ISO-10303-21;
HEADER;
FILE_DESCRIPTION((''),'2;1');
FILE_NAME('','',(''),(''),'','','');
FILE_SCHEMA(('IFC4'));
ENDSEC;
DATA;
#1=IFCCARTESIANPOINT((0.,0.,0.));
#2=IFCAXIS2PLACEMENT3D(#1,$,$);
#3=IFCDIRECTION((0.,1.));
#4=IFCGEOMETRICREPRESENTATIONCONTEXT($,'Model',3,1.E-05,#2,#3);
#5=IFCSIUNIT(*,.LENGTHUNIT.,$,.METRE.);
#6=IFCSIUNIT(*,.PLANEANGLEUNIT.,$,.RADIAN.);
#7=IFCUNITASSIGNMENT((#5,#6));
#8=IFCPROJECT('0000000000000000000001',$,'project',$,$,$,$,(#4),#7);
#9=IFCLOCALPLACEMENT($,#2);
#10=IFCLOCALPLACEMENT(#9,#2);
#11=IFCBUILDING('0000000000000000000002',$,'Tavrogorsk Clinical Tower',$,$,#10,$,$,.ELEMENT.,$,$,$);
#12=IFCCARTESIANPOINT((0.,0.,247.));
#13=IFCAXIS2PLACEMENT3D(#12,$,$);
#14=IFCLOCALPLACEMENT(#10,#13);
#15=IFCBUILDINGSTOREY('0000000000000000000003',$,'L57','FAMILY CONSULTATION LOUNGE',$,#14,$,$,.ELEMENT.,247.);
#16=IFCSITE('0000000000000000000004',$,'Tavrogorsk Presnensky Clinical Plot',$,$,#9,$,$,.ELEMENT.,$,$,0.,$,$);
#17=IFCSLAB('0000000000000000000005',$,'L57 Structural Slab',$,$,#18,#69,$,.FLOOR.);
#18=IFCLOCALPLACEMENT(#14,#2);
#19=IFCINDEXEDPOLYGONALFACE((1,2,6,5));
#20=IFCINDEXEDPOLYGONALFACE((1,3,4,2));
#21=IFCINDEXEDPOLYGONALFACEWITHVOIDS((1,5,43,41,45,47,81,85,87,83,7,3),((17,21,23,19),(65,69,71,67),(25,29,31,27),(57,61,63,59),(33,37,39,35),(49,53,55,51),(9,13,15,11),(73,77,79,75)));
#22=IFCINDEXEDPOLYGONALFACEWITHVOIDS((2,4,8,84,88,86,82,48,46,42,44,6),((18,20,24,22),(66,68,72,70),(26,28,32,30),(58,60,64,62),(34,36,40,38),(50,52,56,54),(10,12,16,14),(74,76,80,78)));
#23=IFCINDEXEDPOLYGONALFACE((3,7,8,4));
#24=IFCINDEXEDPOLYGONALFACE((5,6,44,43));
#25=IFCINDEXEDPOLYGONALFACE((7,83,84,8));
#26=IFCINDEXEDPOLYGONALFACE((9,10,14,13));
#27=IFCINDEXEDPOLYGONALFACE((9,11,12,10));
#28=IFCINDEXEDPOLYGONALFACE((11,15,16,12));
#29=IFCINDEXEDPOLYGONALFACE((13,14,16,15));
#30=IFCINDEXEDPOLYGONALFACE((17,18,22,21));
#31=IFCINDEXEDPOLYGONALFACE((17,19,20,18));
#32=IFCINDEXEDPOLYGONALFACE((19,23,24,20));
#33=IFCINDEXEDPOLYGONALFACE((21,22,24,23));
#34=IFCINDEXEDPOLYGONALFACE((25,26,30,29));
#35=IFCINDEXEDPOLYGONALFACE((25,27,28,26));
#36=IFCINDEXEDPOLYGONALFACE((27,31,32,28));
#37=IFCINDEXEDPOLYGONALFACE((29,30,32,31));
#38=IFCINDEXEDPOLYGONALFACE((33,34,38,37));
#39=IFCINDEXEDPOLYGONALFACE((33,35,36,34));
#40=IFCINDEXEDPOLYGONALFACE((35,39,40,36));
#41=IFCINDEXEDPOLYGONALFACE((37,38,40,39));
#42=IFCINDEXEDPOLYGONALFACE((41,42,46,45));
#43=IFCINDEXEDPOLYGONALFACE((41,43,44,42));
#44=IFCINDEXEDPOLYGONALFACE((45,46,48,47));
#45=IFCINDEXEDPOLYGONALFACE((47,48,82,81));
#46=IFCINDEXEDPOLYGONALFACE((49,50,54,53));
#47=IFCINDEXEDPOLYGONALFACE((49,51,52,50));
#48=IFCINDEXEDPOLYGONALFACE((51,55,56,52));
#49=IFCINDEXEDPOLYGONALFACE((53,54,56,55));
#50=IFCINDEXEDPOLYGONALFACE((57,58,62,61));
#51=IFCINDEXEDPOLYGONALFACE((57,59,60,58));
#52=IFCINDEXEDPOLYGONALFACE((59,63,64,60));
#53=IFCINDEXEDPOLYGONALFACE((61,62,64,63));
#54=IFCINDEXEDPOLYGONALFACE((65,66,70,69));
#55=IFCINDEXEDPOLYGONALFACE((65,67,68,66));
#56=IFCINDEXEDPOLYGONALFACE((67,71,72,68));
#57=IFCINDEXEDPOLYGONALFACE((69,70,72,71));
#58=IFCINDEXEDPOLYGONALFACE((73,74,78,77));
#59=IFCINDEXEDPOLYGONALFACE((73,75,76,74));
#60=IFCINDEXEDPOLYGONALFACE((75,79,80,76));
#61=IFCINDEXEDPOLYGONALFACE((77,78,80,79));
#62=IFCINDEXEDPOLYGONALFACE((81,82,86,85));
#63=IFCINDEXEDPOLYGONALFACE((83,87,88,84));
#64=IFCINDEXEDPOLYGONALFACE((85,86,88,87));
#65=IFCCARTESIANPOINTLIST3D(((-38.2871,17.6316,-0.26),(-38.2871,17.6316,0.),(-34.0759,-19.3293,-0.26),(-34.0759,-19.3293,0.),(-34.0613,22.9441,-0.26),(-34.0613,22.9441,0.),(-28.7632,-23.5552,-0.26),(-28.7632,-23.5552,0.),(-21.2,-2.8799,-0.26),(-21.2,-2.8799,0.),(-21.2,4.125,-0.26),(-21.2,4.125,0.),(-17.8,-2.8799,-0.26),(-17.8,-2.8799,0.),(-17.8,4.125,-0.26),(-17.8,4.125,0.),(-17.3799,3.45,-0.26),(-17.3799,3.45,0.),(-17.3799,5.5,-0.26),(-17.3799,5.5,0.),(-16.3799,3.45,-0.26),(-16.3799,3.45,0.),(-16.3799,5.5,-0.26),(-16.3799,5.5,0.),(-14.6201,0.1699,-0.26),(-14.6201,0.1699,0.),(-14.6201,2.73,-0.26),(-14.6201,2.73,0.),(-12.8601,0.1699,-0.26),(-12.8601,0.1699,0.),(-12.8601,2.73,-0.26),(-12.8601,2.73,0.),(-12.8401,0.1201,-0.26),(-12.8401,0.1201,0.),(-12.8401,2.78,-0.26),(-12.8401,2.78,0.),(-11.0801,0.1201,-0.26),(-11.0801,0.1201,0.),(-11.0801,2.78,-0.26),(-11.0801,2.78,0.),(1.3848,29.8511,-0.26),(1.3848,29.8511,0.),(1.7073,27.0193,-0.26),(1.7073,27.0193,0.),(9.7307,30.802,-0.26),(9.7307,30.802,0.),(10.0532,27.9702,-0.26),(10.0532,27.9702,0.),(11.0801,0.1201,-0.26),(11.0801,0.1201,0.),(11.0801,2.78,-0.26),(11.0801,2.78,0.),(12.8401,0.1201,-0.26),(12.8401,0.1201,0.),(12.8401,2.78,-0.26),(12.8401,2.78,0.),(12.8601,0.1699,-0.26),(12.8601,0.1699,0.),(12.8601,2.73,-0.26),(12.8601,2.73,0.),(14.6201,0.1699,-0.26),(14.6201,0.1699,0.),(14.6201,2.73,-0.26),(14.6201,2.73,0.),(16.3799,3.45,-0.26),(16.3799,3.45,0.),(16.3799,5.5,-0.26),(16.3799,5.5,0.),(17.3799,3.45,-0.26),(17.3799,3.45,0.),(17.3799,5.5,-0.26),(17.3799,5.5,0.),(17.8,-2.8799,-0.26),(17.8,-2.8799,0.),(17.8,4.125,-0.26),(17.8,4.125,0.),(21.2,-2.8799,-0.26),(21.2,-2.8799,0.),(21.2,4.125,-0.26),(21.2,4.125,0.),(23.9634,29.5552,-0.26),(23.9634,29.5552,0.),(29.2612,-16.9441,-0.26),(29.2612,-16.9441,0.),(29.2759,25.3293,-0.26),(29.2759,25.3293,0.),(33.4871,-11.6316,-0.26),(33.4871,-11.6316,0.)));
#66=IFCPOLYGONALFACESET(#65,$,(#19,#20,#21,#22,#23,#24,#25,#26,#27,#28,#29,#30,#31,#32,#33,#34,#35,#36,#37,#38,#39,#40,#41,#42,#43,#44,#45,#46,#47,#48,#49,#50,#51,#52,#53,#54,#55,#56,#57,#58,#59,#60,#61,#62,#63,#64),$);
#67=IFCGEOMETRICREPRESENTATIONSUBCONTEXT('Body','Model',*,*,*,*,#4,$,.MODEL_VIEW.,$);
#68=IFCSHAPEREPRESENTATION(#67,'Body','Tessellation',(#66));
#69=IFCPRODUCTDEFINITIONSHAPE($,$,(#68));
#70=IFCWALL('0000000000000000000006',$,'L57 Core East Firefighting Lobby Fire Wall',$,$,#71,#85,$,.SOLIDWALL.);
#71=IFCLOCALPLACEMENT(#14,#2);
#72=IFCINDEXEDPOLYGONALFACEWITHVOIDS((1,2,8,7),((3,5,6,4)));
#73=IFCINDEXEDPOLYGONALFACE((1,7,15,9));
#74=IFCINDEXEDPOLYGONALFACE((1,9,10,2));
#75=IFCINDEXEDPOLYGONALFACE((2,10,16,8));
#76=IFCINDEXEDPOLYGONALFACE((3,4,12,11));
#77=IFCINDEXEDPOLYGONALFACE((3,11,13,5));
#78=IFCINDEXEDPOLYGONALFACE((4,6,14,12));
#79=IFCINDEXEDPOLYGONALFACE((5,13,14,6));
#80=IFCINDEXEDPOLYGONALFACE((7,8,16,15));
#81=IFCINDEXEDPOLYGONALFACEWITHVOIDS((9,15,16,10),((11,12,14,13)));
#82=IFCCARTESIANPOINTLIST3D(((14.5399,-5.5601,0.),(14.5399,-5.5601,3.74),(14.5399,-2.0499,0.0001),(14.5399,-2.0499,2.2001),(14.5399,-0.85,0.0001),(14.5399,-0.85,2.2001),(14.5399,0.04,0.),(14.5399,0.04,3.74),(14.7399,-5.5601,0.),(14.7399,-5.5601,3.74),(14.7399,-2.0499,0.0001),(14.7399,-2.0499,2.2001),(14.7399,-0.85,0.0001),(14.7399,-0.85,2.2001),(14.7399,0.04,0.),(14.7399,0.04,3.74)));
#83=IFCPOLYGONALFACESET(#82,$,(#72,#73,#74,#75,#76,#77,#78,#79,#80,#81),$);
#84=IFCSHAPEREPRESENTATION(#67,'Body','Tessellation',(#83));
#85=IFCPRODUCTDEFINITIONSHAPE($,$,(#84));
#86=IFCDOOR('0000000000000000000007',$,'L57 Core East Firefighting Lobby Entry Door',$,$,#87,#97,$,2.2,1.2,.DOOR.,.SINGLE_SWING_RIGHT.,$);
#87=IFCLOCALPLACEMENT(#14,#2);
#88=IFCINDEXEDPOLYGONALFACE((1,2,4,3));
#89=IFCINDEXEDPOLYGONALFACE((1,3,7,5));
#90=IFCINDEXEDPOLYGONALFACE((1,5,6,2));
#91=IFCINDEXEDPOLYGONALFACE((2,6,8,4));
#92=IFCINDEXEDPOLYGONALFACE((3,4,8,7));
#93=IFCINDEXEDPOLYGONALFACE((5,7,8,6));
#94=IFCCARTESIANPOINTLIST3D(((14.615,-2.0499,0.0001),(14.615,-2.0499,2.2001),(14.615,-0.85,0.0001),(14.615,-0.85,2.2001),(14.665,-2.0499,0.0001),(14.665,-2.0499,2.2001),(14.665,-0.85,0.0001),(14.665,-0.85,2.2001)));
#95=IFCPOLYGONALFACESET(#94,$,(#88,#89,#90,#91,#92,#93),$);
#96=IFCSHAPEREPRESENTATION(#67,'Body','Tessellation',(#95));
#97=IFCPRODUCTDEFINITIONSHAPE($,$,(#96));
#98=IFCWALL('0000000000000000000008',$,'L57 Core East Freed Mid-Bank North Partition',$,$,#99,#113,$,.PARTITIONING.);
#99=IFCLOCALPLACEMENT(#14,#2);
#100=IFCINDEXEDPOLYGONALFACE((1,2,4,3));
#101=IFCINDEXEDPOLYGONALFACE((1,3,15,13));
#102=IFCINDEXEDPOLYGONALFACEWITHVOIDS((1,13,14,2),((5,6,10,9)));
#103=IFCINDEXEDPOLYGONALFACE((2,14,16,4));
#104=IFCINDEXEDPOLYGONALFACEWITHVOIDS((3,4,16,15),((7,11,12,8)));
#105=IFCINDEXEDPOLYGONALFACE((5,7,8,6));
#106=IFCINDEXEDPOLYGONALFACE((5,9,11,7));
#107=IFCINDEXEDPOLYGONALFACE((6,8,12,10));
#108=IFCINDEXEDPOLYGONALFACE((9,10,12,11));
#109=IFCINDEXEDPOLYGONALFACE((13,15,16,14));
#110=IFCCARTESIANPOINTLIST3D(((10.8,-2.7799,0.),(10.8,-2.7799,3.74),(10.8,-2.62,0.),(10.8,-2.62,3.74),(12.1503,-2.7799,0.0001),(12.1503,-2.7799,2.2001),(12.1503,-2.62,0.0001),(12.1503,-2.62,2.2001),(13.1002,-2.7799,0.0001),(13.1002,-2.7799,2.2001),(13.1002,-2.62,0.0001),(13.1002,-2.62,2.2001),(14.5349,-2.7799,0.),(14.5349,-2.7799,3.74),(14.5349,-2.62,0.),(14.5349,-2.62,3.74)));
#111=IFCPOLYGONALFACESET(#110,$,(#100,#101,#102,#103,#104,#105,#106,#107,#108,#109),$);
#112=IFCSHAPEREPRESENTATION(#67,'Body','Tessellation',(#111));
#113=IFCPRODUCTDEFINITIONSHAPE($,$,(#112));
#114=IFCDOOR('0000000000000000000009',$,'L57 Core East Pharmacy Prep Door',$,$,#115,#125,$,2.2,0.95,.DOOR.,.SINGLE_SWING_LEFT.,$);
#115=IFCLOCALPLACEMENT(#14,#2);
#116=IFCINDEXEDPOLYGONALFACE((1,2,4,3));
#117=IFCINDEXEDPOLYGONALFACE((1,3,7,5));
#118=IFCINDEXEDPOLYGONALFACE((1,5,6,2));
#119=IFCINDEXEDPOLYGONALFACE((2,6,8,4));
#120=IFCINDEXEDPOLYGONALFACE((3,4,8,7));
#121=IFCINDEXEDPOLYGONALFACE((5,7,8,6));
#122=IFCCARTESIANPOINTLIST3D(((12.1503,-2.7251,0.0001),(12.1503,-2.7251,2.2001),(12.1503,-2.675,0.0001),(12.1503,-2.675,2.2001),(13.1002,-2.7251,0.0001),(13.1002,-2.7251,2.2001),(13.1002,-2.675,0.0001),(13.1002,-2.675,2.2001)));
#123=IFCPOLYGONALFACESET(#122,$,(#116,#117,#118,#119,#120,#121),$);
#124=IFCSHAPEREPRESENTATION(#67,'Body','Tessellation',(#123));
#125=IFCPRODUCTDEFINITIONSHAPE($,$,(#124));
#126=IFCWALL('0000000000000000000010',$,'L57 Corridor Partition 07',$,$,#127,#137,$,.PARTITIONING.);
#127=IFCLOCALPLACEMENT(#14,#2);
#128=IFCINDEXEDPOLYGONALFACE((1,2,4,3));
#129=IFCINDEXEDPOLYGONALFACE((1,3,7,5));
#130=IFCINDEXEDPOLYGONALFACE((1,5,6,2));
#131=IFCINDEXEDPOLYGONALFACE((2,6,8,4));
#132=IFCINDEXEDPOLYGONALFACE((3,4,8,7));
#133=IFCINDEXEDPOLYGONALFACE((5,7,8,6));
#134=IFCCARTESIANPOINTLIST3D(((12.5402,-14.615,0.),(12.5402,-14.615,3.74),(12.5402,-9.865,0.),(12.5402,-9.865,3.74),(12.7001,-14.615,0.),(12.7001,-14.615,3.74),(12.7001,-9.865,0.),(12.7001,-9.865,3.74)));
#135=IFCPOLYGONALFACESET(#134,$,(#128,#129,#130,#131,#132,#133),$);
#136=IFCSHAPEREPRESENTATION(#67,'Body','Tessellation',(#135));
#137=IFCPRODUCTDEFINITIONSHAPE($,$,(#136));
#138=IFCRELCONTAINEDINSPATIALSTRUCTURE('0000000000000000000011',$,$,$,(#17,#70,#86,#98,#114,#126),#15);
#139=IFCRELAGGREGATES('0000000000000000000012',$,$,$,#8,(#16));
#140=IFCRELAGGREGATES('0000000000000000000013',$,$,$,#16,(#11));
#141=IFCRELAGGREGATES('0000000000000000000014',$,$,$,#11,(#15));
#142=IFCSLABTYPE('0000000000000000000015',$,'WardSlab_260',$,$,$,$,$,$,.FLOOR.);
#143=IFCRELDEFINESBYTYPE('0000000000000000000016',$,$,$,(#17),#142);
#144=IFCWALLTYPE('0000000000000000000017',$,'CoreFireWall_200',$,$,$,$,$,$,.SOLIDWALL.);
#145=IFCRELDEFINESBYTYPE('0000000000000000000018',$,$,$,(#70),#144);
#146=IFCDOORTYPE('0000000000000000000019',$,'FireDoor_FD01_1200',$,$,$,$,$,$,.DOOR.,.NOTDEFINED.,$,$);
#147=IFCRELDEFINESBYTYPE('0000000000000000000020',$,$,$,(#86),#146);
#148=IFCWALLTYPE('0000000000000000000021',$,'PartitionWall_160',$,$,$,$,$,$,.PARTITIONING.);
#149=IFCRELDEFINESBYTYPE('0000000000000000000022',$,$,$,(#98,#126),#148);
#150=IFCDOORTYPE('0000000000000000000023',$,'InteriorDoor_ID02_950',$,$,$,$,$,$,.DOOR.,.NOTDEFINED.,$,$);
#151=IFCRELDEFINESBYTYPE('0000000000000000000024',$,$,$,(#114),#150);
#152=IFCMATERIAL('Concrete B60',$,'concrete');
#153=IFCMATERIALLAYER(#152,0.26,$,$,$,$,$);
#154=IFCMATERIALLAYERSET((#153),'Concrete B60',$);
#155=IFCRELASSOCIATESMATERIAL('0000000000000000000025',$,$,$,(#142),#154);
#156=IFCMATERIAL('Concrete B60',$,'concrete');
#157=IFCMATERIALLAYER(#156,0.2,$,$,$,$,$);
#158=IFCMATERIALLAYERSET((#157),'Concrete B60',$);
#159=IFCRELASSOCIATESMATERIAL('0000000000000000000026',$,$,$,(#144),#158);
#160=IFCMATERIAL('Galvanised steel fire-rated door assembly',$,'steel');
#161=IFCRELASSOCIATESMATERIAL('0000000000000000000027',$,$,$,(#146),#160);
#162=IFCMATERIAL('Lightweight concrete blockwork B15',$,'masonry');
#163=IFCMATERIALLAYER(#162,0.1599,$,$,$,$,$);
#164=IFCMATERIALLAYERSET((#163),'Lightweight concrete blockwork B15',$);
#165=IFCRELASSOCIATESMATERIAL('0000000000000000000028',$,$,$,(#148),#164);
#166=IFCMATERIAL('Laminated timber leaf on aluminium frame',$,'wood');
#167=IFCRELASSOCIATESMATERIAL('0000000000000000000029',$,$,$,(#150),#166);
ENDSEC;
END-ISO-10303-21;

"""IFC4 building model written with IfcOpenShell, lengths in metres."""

from ifc_helpers import new_model, si_unit, direction, frame, frame_2d, origin, place, context, subcontext, project, spatial, polyline, rectangle, outline, extrude, material, layer, layer_set, type_object, element, fill, save


model = new_model("IFC4")

# Units and contexts
model_context = context("Model", 3, precision=1e-05, world=origin(), true_north=direction((0.0, 1.0)))
body_context = subcontext(model_context, "Body", "Model", "MODEL_VIEW")
ifc_project = project(units=[si_unit("LENGTHUNIT", "METRE"), si_unit("PLANEANGLEUNIT", "RADIAN")], contexts=[model_context])

# Site, building, storey
site_placement = place(None, origin())
site = spatial("IfcSite", under=ifc_project, at=site_placement, Name="Tavrogorsk Presnensky Clinical Plot", CompositionType="ELEMENT", RefElevation=0.0)
building_placement = place(site_placement, origin())
building = spatial("IfcBuilding", under=site, at=building_placement, Name="Tavrogorsk Clinical Tower", CompositionType="ELEMENT")
storey_placement = place(building_placement, frame((0.0, 0.0, 247.0)))
storey = spatial("IfcBuildingStorey", under=building, at=storey_placement, Name="L57", Description="FAMILY CONSULTATION LOUNGE", CompositionType="ELEMENT", Elevation=247.0)

# Slab
ifc_material_1 = material(Name="Concrete B60", Category="concrete")
ifc_layer_1 = layer(ifc_material_1, 0.26)
ifc_layer_set_1 = layer_set([ifc_layer_1], Name="Concrete B60")
slab_type = type_object("IfcSlabType", Name="WardSlab_260", PredefinedType="FLOOR", material=ifc_layer_set_1)
slab_placement = place(storey_placement, frame((0.0, 0.0, -0.26)))
element("IfcSlab", 1, at=slab_placement, inside=storey, type_object=slab_type, Name="L57 Structural Slab", PredefinedType="FLOOR", context=body_context, shape_type="SweptSolid", body=[
    extrude(outline(polyline([(23.9634, 29.5552), (29.2759, 25.3293), (33.4871, -11.6316), (29.2612, -16.9441), (-28.7632, -23.5552), (-34.0759, -19.3293), (-38.2871, 17.6316), (-34.0613, 22.9441), (1.7073, 27.0193), (1.3848, 29.8511), (9.7307, 30.802), (10.0532, 27.9702), (23.9634, 29.5552)]), holes=[polyline([(-17.8, -2.8799), (-17.8, 4.125), (-21.2, 4.125), (-21.2, -2.8799), (-17.8, -2.8799)]), polyline([(21.2, -2.8799), (21.2, 4.125), (17.8, 4.125), (17.8, -2.8799), (21.2, -2.8799)]), polyline([(-14.6201, 0.1699), (-12.8601, 0.1699), (-12.8601, 2.73), (-14.6201, 2.73), (-14.6201, 0.1699)]), polyline([(-12.8401, 0.1201), (-11.0801, 0.1201), (-11.0801, 2.78), (-12.8401, 2.78), (-12.8401, 0.1201)]), polyline([(12.8601, 0.1699), (14.6201, 0.1699), (14.6201, 2.73), (12.8601, 2.73), (12.8601, 0.1699)]), polyline([(11.0801, 0.1201), (12.8401, 0.1201), (12.8401, 2.78), (11.0801, 2.78), (11.0801, 0.1201)]), polyline([(-17.3799, 3.45), (-16.3799, 3.45), (-16.3799, 5.5), (-17.3799, 5.5), (-17.3799, 3.45)]), polyline([(16.3799, 3.45), (17.3799, 3.45), (17.3799, 5.5), (16.3799, 5.5), (16.3799, 3.45)])]), origin(), (0.0, 0.0, 1.0), 0.26),
])

# Walls, openings, doors
ifc_material_2 = material(Name="Concrete B60", Category="concrete")
ifc_layer_2 = layer(ifc_material_2, 0.2)
ifc_layer_set_2 = layer_set([ifc_layer_2], Name="Concrete B60")
wall_type_1 = type_object("IfcWallType", Name="CoreFireWall_200", PredefinedType="SOLIDWALL", material=ifc_layer_set_2)
wall_1_placement = place(storey_placement, frame((14.6399, -5.5601, 0.0), z_axis=(0.0, 0.0, 1.0), x_axis=(0.0, 1.0, 0.0)))
wall_1 = element("IfcWall", 2, at=wall_1_placement, inside=storey, type_object=wall_type_1, Name="L57 Core East Firefighting Lobby Fire Wall", PredefinedType="SOLIDWALL", context=body_context, shape_type="SweptSolid", body=[
    extrude(rectangle(XDim=5.6001, YDim=0.2, at=frame_2d((2.8, 0.0))), origin(), (0.0, 0.0, 1.0), 3.74),
])
opening_1_placement = place(wall_1_placement, frame((3.51, 0.0, 0.0)))
opening_1 = element("IfcOpeningElement", 3, at=opening_1_placement, cuts=wall_1, PredefinedType="OPENING", context=body_context, shape_type="SweptSolid", body=[
    extrude(rectangle(XDim=1.2, YDim=2.2, at=frame_2d((0.6001, 1.1001))), frame((0.0, 0.1099, 0.0), z_axis=(0.0, -1.0, 0.0), x_axis=(1.0, 0.0, 0.0)), (0.0, 0.0, 1.0), 0.22),
])
ifc_material_3 = material(Name="Galvanised steel fire-rated door assembly", Category="steel")
door_type_1 = type_object("IfcDoorType", Name="FireDoor_FD01_1200", OperationType="NOTDEFINED", PredefinedType="DOOR", material=ifc_material_3)
door_1_placement = place(opening_1_placement, origin())
door_1 = element("IfcDoor", 4, at=door_1_placement, inside=storey, type_object=door_type_1, Name="L57 Core East Firefighting Lobby Entry Door", OperationType="SINGLE_SWING_RIGHT", OverallHeight=2.2, OverallWidth=1.2, PredefinedType="DOOR", context=body_context, shape_type="SweptSolid", body=[
    extrude(rectangle(XDim=1.2, YDim=2.2, at=frame_2d((0.6001, 1.1001))), frame((0.0, 0.0249, 0.0), z_axis=(0.0, -1.0, 0.0), x_axis=(1.0, 0.0, 0.0)), (0.0, 0.0, 1.0), 0.05),
])
fill(opening_1, door_1)
ifc_material_4 = material(Name="Lightweight concrete blockwork B15", Category="masonry")
ifc_layer_3 = layer(ifc_material_4, 0.1599)
ifc_layer_set_3 = layer_set([ifc_layer_3], Name="Lightweight concrete blockwork B15")
wall_type_2 = type_object("IfcWallType", Name="PartitionWall_160", PredefinedType="PARTITIONING", material=ifc_layer_set_3)
wall_2_placement = place(storey_placement, frame((10.8, -2.7, 0.0), z_axis=(0.0, 0.0, 1.0), x_axis=(1.0, 0.0, 0.0)))
wall_2 = element("IfcWall", 5, at=wall_2_placement, inside=storey, type_object=wall_type_2, Name="L57 Core East Freed Mid-Bank North Partition", PredefinedType="PARTITIONING", context=body_context, shape_type="SweptSolid", body=[
    extrude(rectangle(XDim=3.7349, YDim=0.1599, at=frame_2d((1.8674, 0.0))), origin(), (0.0, 0.0, 1.0), 3.74),
])
opening_2_placement = place(wall_2_placement, frame((1.3501, 0.0, 0.0)))
opening_2 = element("IfcOpeningElement", 6, at=opening_2_placement, cuts=wall_2, PredefinedType="OPENING", context=body_context, shape_type="SweptSolid", body=[
    extrude(rectangle(XDim=0.95, YDim=2.2, at=frame_2d((0.4751, 1.1001))), frame((0.0, 0.0898, 0.0), z_axis=(0.0, -1.0, 0.0), x_axis=(1.0, 0.0, 0.0)), (0.0, 0.0, 1.0), 0.1799),
])
ifc_material_5 = material(Name="Laminated timber leaf on aluminium frame", Category="wood")
door_type_2 = type_object("IfcDoorType", Name="InteriorDoor_ID02_950", OperationType="NOTDEFINED", PredefinedType="DOOR", material=ifc_material_5)
door_2_placement = place(opening_2_placement, origin())
door_2 = element("IfcDoor", 7, at=door_2_placement, inside=storey, type_object=door_type_2, Name="L57 Core East Pharmacy Prep Door", OperationType="SINGLE_SWING_LEFT", OverallHeight=2.2, OverallWidth=0.95, PredefinedType="DOOR", context=body_context, shape_type="SweptSolid", body=[
    extrude(rectangle(XDim=0.95, YDim=2.2, at=frame_2d((0.4751, 1.1001))), frame((0.0, 0.0249, 0.0), z_axis=(0.0, -1.0, 0.0), x_axis=(1.0, 0.0, 0.0)), (0.0, 0.0, 1.0), 0.05),
])
fill(opening_2, door_2)

# Wall
wall_3_placement = place(storey_placement, frame((12.6201, -14.615, 0.0), z_axis=(0.0, 0.0, 1.0), x_axis=(0.0, 1.0, 0.0)))
element("IfcWall", 8, at=wall_3_placement, inside=storey, type_object=wall_type_2, Name="L57 Corridor Partition 07", PredefinedType="PARTITIONING", context=body_context, shape_type="SweptSolid", body=[
    extrude(rectangle(XDim=4.75, YDim=0.1599, at=frame_2d((2.375, 0.0))), origin(), (0.0, 0.0, 1.0), 3.74),
])

save(model, "model.ifc")
